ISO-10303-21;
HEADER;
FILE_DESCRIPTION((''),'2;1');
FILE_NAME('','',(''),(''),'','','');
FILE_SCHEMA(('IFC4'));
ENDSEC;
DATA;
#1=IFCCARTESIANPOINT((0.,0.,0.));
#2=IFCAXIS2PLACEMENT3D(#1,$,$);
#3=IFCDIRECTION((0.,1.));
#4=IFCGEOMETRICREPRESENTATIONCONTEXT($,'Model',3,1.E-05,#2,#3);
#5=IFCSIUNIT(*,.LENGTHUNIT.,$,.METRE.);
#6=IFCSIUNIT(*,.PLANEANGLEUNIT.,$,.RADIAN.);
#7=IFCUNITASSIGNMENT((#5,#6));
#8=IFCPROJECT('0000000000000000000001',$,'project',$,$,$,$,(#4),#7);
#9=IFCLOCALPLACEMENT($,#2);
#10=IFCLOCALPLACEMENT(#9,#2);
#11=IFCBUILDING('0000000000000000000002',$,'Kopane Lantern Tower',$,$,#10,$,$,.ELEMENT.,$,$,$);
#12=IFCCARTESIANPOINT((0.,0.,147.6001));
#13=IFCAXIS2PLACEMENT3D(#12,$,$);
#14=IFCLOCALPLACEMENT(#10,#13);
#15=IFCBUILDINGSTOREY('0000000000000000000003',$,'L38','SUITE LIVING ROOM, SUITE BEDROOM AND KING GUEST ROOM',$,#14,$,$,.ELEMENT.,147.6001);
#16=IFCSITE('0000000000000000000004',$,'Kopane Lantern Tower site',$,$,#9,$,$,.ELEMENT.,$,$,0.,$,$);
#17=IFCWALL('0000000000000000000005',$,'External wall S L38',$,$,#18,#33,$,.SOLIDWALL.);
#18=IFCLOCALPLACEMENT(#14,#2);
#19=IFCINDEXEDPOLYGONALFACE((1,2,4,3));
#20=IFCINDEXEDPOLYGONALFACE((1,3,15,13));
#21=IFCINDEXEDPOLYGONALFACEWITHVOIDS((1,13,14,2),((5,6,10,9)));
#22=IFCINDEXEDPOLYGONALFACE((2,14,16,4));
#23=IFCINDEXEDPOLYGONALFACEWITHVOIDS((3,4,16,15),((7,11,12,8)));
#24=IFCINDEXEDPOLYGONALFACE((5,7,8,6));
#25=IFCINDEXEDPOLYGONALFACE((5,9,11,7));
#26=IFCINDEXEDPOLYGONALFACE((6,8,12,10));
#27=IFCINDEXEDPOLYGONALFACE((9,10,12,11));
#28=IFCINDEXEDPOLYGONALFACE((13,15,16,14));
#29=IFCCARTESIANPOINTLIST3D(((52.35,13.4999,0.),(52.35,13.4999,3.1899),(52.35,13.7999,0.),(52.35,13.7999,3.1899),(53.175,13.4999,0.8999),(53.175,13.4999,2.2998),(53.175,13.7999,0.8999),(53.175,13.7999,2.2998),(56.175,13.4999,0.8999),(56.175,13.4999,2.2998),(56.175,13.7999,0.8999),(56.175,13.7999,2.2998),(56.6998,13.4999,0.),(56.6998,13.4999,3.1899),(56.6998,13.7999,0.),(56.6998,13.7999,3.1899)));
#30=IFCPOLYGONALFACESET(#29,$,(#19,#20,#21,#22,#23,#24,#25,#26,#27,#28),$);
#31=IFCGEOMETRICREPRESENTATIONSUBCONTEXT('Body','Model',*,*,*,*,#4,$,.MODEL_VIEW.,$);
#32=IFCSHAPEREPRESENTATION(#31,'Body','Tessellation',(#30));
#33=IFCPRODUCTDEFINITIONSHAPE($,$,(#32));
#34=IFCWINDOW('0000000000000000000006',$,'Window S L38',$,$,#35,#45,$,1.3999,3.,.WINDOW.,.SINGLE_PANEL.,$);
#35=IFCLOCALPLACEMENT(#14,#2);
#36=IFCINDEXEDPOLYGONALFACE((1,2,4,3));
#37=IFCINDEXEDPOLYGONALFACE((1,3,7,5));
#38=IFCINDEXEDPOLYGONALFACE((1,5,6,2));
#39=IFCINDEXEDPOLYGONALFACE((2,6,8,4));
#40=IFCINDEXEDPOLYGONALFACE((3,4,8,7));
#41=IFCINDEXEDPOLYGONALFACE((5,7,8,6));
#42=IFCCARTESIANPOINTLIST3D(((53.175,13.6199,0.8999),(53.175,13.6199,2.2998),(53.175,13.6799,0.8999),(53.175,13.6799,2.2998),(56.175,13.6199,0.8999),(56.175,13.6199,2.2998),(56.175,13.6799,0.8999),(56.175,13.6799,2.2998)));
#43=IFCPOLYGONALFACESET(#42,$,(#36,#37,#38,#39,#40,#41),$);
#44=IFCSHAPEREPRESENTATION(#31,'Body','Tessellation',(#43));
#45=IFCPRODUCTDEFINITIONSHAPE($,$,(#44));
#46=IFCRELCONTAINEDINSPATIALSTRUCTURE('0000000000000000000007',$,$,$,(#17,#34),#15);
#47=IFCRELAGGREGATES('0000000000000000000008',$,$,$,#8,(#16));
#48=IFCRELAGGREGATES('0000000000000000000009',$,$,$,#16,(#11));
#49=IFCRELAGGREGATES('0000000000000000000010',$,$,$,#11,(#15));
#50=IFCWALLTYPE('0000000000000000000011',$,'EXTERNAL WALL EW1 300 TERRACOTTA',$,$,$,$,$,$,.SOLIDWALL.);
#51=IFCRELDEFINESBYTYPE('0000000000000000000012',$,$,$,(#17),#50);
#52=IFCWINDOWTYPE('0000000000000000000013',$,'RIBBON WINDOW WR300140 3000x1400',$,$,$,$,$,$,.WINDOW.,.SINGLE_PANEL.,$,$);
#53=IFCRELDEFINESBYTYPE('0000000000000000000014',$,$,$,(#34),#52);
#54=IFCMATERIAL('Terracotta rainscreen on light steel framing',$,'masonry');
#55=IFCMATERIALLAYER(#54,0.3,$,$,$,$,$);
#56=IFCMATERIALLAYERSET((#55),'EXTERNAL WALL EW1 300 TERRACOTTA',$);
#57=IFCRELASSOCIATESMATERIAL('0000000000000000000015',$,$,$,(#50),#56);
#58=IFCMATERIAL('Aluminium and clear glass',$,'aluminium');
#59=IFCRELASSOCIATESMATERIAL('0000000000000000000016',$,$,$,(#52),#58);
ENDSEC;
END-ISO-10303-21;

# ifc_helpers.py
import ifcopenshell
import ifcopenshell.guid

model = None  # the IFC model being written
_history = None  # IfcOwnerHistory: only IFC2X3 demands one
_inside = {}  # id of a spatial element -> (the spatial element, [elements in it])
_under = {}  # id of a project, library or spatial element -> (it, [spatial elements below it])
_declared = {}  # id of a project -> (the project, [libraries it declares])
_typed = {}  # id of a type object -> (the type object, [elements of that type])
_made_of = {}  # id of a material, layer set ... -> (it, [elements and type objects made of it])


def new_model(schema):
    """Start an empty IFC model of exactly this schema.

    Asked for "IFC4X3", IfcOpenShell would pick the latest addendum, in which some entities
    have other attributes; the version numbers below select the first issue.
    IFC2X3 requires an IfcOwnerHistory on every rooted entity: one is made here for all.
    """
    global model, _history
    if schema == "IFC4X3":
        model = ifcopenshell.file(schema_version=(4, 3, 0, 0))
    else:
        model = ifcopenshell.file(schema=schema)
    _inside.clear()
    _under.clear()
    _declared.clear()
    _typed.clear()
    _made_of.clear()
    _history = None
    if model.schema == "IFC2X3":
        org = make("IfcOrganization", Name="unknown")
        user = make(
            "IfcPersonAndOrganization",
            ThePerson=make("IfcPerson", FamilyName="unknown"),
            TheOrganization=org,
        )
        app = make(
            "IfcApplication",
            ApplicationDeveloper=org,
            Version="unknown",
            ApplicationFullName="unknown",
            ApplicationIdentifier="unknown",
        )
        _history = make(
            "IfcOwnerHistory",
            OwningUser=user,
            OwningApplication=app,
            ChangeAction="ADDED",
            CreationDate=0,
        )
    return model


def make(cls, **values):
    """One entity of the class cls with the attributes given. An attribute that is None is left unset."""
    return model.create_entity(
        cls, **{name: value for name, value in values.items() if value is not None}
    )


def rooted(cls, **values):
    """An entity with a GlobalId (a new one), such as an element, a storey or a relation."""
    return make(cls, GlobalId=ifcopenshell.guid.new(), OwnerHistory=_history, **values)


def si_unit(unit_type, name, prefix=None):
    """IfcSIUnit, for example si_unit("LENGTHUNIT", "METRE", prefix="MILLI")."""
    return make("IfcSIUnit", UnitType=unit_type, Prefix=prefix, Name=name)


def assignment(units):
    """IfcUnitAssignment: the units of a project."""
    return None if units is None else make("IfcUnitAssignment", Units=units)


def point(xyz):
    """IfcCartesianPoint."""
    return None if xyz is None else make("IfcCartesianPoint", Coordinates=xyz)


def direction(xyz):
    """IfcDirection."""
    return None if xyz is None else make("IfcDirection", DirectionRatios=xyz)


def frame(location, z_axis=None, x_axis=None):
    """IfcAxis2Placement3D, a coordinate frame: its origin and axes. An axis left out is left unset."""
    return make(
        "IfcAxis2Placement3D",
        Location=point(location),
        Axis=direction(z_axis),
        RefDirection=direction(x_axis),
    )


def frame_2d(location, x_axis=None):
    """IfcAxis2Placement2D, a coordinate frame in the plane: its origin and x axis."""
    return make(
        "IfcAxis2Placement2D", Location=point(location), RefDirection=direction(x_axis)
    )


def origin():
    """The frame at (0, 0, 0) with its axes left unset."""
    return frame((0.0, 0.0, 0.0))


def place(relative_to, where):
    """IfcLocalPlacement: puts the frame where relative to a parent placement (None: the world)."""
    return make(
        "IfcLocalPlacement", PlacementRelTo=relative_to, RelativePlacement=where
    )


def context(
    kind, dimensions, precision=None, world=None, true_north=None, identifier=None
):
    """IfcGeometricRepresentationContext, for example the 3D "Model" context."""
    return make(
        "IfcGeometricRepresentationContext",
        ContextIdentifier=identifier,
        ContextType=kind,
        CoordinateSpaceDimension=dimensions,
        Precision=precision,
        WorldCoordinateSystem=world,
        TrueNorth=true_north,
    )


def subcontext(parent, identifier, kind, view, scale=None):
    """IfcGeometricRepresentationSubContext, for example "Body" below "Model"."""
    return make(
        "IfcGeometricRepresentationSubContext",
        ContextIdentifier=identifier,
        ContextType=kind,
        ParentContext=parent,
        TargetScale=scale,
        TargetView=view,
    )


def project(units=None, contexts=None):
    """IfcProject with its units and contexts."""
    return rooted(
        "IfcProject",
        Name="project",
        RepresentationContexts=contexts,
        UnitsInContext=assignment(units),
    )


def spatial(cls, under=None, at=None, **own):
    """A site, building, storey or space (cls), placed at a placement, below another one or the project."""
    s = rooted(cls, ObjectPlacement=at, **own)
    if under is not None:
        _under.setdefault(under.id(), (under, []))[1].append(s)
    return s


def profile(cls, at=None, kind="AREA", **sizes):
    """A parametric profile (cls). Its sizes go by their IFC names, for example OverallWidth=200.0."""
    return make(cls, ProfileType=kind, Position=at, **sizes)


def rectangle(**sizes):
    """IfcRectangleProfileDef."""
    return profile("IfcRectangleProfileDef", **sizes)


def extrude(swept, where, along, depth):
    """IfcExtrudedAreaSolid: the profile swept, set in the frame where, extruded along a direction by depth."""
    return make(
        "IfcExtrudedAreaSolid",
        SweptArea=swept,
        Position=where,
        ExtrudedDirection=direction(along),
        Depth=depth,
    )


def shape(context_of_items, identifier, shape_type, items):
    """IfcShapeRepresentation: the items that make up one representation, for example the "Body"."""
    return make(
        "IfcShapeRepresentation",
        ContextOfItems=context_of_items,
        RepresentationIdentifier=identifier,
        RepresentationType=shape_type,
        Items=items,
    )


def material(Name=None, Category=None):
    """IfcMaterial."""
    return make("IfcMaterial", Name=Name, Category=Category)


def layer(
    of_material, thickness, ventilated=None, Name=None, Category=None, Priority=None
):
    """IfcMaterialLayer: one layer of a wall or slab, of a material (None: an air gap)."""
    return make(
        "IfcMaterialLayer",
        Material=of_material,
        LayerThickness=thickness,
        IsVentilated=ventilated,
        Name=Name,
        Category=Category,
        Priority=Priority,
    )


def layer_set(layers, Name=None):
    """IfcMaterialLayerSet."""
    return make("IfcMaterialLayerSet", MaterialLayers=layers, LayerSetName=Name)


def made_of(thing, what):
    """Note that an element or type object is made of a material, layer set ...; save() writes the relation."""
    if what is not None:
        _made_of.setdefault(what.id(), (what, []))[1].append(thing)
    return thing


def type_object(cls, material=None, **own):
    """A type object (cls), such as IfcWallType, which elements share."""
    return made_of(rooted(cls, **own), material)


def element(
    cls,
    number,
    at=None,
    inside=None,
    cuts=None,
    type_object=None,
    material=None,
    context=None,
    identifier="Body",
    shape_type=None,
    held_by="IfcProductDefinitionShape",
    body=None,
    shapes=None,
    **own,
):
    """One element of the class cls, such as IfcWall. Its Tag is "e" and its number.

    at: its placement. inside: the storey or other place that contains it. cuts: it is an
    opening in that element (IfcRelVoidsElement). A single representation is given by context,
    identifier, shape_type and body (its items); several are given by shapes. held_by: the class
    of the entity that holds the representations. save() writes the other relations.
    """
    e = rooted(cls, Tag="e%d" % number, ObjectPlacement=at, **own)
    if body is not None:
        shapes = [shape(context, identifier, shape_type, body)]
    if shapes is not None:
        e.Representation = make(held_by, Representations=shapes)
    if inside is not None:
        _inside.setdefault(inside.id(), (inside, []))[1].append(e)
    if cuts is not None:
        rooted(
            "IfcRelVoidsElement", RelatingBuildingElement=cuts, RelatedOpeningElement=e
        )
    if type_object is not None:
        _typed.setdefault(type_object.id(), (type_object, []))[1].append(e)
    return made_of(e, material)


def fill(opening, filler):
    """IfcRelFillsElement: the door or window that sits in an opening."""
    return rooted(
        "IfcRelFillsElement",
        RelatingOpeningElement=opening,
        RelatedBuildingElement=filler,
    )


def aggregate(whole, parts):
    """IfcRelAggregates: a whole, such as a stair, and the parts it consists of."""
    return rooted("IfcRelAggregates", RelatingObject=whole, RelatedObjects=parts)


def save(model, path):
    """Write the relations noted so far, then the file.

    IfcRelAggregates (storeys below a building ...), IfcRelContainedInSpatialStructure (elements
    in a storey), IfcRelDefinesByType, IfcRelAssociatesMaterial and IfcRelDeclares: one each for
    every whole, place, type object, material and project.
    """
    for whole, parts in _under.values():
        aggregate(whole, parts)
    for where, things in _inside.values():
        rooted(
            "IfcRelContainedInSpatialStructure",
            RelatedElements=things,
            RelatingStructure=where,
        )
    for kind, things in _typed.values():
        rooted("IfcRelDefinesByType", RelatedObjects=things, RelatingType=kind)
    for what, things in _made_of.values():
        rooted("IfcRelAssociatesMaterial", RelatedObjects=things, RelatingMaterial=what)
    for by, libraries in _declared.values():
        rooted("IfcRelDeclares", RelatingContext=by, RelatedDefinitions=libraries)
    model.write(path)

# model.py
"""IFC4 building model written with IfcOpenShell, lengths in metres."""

from ifc_helpers import new_model, si_unit, direction, frame, frame_2d, origin, place, context, subcontext, project, spatial, rectangle, extrude, material, layer, layer_set, type_object, element, fill, save


model = new_model("IFC4")

# Units and contexts
model_context = context("Model", 3, precision=1e-05, world=origin(), true_north=direction((0.0, 1.0)))
body_context = subcontext(model_context, "Body", "Model", "MODEL_VIEW")
ifc_project = project(units=[si_unit("LENGTHUNIT", "METRE"), si_unit("PLANEANGLEUNIT", "RADIAN")], contexts=[model_context])

# Site, building, storey
site_placement = place(None, origin())
site = spatial("IfcSite", under=ifc_project, at=site_placement, Name="Kopane Lantern Tower site", CompositionType="ELEMENT", RefElevation=0.0)
building_placement = place(site_placement, origin())
building = spatial("IfcBuilding", under=site, at=building_placement, Name="Kopane Lantern Tower", CompositionType="ELEMENT")
storey_placement = place(building_placement, frame((0.0, 0.0, 147.6001)))
storey = spatial("IfcBuildingStorey", under=building, at=storey_placement, Name="L38", Description="SUITE LIVING ROOM, SUITE BEDROOM AND KING GUEST ROOM", CompositionType="ELEMENT", Elevation=147.6001)

# Wall, opening, window
ifc_material_1 = material(Name="Terracotta rainscreen on light steel framing", Category="masonry")
ifc_layer_1 = layer(ifc_material_1, 0.3)
ifc_layer_set_1 = layer_set([ifc_layer_1], Name="EXTERNAL WALL EW1 300 TERRACOTTA")
wall_type_1 = type_object("IfcWallType", Name="EXTERNAL WALL EW1 300 TERRACOTTA", PredefinedType="SOLIDWALL", material=ifc_layer_set_1)
wall_1_placement = place(storey_placement, frame((52.3501, 13.6499, 0.0), z_axis=(0.0, 0.0, 1.0), x_axis=(1.0, 0.0, 0.0)))
wall_1 = element("IfcWall", 1, at=wall_1_placement, inside=storey, type_object=wall_type_1, Name="External wall S L38", PredefinedType="SOLIDWALL", context=body_context, shape_type="SweptSolid", body=[
    extrude(rectangle(XDim=4.3499, YDim=0.3, at=frame_2d((2.1748, 0.0))), origin(), (0.0, 0.0, 1.0), 3.1899),
])
opening_1_placement = place(wall_1_placement, frame((0.825, 0.0, 0.8999)))
opening_1 = element("IfcOpeningElement", 2, at=opening_1_placement, cuts=wall_1, PredefinedType="OPENING", context=body_context, shape_type="SweptSolid", body=[
    extrude(rectangle(XDim=3.0, YDim=1.3999, at=frame_2d((1.5, 0.7))), frame((0.0, 0.1599, 0.0), z_axis=(0.0, -1.0, 0.0), x_axis=(1.0, 0.0, 0.0)), (0.0, 0.0, 1.0), 0.3201),
])
ifc_material_2 = material(Name="Aluminium and clear glass", Category="aluminium")
window_type = type_object("IfcWindowType", Name="RIBBON WINDOW WR300140 3000x1400", PartitioningType="SINGLE_PANEL", PredefinedType="WINDOW", material=ifc_material_2)
window_1_placement = place(opening_1_placement, origin())
window_1 = element("IfcWindow", 3, at=window_1_placement, inside=storey, type_object=window_type, Name="Window S L38", OverallHeight=1.3999, OverallWidth=3.0, PartitioningType="SINGLE_PANEL", PredefinedType="WINDOW", context=body_context, shape_type="SweptSolid", body=[
    extrude(rectangle(XDim=3.0, YDim=1.3999, at=frame_2d((1.5, 0.7))), frame((0.0, 0.03, 0.0), z_axis=(0.0, -1.0, 0.0), x_axis=(1.0, 0.0, 0.0)), (0.0, 0.0, 1.0), 0.0601),
])
fill(opening_1, window_1)

save(model, "model.ifc")
